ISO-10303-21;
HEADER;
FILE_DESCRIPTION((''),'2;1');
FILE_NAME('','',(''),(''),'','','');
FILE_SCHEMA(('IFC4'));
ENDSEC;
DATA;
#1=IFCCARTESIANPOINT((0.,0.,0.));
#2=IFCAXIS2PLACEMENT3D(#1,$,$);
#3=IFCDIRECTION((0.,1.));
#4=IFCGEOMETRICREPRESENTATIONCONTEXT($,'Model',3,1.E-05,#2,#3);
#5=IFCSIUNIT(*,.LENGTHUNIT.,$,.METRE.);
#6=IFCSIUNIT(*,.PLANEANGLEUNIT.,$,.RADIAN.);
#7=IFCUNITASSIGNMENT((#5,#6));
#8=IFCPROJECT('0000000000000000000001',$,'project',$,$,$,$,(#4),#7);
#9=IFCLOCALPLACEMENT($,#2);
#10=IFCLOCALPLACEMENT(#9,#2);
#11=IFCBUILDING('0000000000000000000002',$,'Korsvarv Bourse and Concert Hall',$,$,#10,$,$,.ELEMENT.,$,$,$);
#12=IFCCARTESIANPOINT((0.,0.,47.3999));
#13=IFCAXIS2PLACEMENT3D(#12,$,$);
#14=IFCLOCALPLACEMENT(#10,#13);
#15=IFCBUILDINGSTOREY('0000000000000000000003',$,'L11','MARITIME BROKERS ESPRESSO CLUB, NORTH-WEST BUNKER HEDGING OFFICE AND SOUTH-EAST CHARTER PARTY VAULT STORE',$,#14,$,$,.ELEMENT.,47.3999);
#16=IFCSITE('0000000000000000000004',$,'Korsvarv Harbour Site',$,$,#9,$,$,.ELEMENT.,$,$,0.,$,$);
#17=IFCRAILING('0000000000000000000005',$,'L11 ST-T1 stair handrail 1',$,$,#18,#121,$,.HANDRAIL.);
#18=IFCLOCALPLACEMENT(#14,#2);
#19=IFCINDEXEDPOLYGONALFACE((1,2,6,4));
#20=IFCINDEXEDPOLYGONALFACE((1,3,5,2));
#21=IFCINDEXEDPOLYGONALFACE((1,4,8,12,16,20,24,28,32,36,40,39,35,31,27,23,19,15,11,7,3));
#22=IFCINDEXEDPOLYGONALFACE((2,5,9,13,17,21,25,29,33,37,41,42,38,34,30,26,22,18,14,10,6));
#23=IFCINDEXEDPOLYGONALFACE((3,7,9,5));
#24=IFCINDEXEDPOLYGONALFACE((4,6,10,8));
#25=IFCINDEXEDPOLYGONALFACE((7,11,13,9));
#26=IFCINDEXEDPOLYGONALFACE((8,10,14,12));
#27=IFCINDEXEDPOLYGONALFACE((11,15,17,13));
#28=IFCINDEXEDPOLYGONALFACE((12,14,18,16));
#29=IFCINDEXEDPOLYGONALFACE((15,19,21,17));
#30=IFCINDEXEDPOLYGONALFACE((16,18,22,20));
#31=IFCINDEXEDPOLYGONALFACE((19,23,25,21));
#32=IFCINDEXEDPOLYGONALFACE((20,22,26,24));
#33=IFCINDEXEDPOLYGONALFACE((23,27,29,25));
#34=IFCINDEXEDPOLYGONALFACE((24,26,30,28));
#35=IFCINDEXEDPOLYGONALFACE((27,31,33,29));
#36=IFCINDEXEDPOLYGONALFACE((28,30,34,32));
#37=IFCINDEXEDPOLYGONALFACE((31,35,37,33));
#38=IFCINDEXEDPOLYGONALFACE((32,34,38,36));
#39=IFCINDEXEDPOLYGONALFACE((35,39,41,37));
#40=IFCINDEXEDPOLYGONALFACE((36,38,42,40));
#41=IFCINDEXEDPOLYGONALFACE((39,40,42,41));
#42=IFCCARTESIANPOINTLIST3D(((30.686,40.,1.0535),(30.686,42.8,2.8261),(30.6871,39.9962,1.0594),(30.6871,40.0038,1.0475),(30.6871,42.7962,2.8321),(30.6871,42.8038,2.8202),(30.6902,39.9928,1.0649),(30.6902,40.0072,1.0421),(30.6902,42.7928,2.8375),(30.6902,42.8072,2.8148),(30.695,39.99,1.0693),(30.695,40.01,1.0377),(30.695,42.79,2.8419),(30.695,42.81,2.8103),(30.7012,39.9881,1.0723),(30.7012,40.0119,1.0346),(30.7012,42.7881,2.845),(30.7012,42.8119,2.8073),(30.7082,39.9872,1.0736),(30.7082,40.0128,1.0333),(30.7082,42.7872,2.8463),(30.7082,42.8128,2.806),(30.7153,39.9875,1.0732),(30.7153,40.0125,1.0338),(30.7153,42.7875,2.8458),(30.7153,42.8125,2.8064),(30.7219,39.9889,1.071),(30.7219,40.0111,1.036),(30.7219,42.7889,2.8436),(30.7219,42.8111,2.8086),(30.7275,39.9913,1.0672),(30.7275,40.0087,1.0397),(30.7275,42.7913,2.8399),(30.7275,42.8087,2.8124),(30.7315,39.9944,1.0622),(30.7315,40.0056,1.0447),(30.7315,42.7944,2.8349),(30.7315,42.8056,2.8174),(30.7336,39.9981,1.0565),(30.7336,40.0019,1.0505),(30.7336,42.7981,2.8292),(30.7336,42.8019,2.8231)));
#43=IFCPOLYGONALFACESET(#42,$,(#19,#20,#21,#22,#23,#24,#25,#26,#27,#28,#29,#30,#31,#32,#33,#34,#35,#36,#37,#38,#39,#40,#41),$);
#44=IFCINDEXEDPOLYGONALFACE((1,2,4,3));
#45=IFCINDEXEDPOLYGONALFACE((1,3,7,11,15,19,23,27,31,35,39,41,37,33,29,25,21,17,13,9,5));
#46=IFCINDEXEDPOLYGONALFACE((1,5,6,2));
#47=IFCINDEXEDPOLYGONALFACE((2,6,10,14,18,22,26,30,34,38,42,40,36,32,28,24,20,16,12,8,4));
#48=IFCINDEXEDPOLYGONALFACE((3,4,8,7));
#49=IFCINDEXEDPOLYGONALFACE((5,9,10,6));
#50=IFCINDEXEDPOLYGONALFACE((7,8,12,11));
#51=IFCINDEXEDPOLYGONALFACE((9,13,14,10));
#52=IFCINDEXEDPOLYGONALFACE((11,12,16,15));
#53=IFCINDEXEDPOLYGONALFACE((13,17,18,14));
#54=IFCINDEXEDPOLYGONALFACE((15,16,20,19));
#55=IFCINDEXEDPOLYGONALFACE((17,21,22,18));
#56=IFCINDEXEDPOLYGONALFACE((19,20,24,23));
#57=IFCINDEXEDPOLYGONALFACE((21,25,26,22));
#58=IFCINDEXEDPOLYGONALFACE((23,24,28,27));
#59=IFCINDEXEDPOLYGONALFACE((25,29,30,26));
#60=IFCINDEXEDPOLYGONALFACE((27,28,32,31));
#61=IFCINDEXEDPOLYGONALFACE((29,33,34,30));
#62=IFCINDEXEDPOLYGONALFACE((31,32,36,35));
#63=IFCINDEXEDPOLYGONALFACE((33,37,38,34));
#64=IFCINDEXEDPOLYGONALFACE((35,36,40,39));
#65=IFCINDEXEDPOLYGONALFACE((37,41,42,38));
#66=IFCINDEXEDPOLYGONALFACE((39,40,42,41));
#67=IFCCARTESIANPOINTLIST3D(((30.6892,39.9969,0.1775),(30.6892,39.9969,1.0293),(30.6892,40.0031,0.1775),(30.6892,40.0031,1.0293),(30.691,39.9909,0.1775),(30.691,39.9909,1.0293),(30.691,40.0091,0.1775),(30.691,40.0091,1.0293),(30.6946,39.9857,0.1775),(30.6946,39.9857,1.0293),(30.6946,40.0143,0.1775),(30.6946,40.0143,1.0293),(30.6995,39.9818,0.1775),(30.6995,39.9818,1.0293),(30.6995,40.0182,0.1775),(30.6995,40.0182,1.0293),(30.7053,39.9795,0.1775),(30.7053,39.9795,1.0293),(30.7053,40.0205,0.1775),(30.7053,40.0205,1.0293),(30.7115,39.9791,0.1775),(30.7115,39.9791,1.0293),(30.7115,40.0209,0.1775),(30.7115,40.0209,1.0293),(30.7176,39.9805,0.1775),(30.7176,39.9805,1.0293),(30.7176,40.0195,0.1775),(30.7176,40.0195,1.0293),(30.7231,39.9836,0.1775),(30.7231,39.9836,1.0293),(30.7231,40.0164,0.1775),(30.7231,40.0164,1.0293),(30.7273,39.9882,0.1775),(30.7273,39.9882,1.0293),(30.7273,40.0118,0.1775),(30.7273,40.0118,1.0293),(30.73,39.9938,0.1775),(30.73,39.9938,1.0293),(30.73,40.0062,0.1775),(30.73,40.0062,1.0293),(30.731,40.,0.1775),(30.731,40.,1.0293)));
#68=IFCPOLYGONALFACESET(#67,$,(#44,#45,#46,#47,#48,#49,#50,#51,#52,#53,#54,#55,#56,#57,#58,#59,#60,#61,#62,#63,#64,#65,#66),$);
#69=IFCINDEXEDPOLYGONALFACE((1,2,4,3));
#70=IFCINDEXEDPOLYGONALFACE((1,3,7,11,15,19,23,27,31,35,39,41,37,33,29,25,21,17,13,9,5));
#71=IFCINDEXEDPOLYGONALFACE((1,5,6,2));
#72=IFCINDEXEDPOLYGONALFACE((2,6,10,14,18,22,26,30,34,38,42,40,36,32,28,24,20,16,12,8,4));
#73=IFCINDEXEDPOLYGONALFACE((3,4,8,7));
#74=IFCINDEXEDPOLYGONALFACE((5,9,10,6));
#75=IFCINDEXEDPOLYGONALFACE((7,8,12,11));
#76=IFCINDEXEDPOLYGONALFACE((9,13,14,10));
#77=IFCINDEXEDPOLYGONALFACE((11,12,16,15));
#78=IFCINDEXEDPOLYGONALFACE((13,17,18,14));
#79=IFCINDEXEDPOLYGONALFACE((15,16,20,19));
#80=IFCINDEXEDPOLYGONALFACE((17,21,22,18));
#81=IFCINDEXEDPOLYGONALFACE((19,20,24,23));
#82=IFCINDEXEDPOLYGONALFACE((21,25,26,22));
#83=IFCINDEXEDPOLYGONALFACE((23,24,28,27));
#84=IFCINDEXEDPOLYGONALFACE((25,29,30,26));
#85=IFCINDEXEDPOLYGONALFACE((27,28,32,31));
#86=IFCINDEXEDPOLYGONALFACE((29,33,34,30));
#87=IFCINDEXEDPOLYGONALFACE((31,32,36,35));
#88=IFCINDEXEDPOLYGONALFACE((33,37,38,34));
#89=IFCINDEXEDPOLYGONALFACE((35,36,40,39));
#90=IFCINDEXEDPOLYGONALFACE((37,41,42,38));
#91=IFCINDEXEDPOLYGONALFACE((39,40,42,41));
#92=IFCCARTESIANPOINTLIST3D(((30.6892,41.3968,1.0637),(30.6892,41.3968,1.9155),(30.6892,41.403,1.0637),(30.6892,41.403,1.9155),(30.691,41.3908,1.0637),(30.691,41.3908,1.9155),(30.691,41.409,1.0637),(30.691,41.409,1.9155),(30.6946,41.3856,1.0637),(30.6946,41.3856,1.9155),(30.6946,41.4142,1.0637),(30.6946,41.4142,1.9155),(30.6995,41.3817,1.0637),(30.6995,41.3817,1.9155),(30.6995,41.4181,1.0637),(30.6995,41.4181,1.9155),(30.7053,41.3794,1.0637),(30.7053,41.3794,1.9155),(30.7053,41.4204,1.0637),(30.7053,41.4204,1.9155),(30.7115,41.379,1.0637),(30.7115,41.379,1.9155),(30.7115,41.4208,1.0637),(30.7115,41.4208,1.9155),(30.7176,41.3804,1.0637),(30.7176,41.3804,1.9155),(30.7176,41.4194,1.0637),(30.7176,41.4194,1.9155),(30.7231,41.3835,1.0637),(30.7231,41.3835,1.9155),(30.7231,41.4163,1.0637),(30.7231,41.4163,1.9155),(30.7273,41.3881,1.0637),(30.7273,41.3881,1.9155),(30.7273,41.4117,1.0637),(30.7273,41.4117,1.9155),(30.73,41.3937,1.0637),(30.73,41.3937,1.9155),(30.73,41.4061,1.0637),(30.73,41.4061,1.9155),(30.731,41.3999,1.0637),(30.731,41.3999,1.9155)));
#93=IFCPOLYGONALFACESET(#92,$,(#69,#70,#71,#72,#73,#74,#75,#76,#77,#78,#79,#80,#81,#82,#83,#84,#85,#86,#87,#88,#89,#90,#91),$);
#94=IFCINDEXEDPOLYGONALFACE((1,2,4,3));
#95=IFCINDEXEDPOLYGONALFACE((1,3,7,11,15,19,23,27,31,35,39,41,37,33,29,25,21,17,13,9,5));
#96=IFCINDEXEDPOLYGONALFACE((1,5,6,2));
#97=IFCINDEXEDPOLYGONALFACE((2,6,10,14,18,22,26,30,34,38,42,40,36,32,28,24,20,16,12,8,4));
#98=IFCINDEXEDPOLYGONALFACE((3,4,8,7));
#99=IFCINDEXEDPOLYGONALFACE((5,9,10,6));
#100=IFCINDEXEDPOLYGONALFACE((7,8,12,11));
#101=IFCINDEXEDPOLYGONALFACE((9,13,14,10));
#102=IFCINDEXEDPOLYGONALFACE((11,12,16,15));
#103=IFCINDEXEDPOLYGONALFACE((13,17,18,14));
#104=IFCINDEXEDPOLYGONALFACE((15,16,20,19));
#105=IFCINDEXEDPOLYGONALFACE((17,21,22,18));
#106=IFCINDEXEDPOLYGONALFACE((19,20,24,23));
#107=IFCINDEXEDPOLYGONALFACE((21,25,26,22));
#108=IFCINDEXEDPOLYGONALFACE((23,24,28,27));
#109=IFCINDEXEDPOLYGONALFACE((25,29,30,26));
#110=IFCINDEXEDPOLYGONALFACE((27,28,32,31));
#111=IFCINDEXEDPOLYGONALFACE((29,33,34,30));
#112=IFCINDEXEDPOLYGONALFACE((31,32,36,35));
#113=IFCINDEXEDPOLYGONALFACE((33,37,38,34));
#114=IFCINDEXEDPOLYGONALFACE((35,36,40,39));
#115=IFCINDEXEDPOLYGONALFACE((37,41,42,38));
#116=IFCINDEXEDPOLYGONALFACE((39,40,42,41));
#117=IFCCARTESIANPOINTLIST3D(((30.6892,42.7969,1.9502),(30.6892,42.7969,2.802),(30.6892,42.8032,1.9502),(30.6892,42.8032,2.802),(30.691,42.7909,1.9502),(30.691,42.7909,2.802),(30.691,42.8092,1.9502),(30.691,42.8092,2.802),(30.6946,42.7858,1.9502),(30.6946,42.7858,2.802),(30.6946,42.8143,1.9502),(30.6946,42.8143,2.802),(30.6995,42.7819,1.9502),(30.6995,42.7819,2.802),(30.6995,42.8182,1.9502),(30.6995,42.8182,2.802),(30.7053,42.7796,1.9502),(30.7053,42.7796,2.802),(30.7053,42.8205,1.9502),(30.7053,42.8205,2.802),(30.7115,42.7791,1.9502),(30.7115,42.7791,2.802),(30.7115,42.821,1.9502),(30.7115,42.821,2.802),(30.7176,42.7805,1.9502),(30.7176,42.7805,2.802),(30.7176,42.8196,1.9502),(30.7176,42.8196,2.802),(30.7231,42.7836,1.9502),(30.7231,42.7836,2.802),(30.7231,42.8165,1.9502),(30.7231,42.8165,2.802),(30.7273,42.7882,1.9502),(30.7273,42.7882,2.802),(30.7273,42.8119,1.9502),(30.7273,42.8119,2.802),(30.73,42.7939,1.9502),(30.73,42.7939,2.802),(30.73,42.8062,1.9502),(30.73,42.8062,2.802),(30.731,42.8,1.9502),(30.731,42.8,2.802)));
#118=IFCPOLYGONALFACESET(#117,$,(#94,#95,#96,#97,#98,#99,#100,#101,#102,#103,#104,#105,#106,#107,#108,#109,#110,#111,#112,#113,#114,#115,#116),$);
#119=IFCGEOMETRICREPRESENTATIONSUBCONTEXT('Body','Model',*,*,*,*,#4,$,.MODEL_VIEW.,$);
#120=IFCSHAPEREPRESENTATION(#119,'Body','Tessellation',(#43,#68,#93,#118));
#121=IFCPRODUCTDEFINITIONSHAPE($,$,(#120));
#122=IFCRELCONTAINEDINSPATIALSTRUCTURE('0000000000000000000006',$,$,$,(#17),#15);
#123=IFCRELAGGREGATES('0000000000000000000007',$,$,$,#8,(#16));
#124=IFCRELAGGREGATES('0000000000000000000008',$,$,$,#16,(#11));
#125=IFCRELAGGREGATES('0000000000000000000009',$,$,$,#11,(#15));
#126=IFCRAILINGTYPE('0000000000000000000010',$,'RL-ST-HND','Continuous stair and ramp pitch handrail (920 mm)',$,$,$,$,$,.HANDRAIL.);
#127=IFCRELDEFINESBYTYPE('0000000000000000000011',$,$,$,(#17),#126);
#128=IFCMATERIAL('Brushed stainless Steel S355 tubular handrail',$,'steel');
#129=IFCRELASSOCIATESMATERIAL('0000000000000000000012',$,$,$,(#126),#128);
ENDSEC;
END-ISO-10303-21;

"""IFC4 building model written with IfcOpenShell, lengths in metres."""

from ifc_helpers import new_model, si_unit, direction, frame, origin, origin_2d, place, context, subcontext, project, spatial, circle, extrude, material, type_object, element, save


model = new_model("IFC4")

# Units and contexts
model_context = context("Model", 3, precision=1e-05, world=origin(), true_north=direction((0.0, 1.0)))
body_context = subcontext(model_context, "Body", "Model", "MODEL_VIEW")
ifc_project = project(units=[si_unit("LENGTHUNIT", "METRE"), si_unit("PLANEANGLEUNIT", "RADIAN")], contexts=[model_context])

# Site, building, storey
site_placement = place(None, origin())
site = spatial("IfcSite", under=ifc_project, at=site_placement, Name="Korsvarv Harbour Site", CompositionType="ELEMENT", RefElevation=0.0)
building_placement = place(site_placement, origin())
building = spatial("IfcBuilding", under=site, at=building_placement, Name="Korsvarv Bourse and Concert Hall", CompositionType="ELEMENT")
storey_placement = place(building_placement, frame((0.0, 0.0, 47.3999)))
storey = spatial("IfcBuildingStorey", under=building, at=storey_placement, Name="L11", Description="MARITIME BROKERS ESPRESSO CLUB, NORTH-WEST BUNKER HEDGING OFFICE AND SOUTH-EAST CHARTER PARTY VAULT STORE", CompositionType="ELEMENT", Elevation=47.3999)

# Railing
ifc_material_1 = material(Name="Brushed stainless Steel S355 tubular handrail", Category="steel")
railing_type_1 = type_object("IfcRailingType", Name="RL-ST-HND", Description="Continuous stair and ramp pitch handrail (920 mm)", PredefinedType="HANDRAIL", material=ifc_material_1)
railing_1_placement = place(storey_placement, frame((30.71, 40.0, 0.1775)))
element("IfcRailing", 1, at=railing_1_placement, inside=storey, type_object=railing_type_1, Name="L11 ST-T1 stair handrail 1", PredefinedType="HANDRAIL", context=body_context, shape_type="SweptSolid", body=[
    extrude(circle(Radius=0.0239, at=origin_2d()), frame((0.0, 0.0, 0.876), z_axis=(0.0, 0.844909, 0.53491), x_axis=(-1.0, 0.0, 0.0)), (0.0, 0.0, 1.0), 3.314),
    extrude(circle(Radius=0.021, at=origin_2d()), origin(), (0.0, 0.0, 1.0), 0.8518),
    extrude(circle(Radius=0.021, at=origin_2d()), frame((0.0, 1.3999, 0.8862)), (0.0, 0.0, 1.0), 0.8518),
    extrude(circle(Radius=0.021, at=origin_2d()), frame((0.0, 2.8, 1.7727)), (0.0, 0.0, 1.0), 0.8518),
])

save(model, "model.ifc")
